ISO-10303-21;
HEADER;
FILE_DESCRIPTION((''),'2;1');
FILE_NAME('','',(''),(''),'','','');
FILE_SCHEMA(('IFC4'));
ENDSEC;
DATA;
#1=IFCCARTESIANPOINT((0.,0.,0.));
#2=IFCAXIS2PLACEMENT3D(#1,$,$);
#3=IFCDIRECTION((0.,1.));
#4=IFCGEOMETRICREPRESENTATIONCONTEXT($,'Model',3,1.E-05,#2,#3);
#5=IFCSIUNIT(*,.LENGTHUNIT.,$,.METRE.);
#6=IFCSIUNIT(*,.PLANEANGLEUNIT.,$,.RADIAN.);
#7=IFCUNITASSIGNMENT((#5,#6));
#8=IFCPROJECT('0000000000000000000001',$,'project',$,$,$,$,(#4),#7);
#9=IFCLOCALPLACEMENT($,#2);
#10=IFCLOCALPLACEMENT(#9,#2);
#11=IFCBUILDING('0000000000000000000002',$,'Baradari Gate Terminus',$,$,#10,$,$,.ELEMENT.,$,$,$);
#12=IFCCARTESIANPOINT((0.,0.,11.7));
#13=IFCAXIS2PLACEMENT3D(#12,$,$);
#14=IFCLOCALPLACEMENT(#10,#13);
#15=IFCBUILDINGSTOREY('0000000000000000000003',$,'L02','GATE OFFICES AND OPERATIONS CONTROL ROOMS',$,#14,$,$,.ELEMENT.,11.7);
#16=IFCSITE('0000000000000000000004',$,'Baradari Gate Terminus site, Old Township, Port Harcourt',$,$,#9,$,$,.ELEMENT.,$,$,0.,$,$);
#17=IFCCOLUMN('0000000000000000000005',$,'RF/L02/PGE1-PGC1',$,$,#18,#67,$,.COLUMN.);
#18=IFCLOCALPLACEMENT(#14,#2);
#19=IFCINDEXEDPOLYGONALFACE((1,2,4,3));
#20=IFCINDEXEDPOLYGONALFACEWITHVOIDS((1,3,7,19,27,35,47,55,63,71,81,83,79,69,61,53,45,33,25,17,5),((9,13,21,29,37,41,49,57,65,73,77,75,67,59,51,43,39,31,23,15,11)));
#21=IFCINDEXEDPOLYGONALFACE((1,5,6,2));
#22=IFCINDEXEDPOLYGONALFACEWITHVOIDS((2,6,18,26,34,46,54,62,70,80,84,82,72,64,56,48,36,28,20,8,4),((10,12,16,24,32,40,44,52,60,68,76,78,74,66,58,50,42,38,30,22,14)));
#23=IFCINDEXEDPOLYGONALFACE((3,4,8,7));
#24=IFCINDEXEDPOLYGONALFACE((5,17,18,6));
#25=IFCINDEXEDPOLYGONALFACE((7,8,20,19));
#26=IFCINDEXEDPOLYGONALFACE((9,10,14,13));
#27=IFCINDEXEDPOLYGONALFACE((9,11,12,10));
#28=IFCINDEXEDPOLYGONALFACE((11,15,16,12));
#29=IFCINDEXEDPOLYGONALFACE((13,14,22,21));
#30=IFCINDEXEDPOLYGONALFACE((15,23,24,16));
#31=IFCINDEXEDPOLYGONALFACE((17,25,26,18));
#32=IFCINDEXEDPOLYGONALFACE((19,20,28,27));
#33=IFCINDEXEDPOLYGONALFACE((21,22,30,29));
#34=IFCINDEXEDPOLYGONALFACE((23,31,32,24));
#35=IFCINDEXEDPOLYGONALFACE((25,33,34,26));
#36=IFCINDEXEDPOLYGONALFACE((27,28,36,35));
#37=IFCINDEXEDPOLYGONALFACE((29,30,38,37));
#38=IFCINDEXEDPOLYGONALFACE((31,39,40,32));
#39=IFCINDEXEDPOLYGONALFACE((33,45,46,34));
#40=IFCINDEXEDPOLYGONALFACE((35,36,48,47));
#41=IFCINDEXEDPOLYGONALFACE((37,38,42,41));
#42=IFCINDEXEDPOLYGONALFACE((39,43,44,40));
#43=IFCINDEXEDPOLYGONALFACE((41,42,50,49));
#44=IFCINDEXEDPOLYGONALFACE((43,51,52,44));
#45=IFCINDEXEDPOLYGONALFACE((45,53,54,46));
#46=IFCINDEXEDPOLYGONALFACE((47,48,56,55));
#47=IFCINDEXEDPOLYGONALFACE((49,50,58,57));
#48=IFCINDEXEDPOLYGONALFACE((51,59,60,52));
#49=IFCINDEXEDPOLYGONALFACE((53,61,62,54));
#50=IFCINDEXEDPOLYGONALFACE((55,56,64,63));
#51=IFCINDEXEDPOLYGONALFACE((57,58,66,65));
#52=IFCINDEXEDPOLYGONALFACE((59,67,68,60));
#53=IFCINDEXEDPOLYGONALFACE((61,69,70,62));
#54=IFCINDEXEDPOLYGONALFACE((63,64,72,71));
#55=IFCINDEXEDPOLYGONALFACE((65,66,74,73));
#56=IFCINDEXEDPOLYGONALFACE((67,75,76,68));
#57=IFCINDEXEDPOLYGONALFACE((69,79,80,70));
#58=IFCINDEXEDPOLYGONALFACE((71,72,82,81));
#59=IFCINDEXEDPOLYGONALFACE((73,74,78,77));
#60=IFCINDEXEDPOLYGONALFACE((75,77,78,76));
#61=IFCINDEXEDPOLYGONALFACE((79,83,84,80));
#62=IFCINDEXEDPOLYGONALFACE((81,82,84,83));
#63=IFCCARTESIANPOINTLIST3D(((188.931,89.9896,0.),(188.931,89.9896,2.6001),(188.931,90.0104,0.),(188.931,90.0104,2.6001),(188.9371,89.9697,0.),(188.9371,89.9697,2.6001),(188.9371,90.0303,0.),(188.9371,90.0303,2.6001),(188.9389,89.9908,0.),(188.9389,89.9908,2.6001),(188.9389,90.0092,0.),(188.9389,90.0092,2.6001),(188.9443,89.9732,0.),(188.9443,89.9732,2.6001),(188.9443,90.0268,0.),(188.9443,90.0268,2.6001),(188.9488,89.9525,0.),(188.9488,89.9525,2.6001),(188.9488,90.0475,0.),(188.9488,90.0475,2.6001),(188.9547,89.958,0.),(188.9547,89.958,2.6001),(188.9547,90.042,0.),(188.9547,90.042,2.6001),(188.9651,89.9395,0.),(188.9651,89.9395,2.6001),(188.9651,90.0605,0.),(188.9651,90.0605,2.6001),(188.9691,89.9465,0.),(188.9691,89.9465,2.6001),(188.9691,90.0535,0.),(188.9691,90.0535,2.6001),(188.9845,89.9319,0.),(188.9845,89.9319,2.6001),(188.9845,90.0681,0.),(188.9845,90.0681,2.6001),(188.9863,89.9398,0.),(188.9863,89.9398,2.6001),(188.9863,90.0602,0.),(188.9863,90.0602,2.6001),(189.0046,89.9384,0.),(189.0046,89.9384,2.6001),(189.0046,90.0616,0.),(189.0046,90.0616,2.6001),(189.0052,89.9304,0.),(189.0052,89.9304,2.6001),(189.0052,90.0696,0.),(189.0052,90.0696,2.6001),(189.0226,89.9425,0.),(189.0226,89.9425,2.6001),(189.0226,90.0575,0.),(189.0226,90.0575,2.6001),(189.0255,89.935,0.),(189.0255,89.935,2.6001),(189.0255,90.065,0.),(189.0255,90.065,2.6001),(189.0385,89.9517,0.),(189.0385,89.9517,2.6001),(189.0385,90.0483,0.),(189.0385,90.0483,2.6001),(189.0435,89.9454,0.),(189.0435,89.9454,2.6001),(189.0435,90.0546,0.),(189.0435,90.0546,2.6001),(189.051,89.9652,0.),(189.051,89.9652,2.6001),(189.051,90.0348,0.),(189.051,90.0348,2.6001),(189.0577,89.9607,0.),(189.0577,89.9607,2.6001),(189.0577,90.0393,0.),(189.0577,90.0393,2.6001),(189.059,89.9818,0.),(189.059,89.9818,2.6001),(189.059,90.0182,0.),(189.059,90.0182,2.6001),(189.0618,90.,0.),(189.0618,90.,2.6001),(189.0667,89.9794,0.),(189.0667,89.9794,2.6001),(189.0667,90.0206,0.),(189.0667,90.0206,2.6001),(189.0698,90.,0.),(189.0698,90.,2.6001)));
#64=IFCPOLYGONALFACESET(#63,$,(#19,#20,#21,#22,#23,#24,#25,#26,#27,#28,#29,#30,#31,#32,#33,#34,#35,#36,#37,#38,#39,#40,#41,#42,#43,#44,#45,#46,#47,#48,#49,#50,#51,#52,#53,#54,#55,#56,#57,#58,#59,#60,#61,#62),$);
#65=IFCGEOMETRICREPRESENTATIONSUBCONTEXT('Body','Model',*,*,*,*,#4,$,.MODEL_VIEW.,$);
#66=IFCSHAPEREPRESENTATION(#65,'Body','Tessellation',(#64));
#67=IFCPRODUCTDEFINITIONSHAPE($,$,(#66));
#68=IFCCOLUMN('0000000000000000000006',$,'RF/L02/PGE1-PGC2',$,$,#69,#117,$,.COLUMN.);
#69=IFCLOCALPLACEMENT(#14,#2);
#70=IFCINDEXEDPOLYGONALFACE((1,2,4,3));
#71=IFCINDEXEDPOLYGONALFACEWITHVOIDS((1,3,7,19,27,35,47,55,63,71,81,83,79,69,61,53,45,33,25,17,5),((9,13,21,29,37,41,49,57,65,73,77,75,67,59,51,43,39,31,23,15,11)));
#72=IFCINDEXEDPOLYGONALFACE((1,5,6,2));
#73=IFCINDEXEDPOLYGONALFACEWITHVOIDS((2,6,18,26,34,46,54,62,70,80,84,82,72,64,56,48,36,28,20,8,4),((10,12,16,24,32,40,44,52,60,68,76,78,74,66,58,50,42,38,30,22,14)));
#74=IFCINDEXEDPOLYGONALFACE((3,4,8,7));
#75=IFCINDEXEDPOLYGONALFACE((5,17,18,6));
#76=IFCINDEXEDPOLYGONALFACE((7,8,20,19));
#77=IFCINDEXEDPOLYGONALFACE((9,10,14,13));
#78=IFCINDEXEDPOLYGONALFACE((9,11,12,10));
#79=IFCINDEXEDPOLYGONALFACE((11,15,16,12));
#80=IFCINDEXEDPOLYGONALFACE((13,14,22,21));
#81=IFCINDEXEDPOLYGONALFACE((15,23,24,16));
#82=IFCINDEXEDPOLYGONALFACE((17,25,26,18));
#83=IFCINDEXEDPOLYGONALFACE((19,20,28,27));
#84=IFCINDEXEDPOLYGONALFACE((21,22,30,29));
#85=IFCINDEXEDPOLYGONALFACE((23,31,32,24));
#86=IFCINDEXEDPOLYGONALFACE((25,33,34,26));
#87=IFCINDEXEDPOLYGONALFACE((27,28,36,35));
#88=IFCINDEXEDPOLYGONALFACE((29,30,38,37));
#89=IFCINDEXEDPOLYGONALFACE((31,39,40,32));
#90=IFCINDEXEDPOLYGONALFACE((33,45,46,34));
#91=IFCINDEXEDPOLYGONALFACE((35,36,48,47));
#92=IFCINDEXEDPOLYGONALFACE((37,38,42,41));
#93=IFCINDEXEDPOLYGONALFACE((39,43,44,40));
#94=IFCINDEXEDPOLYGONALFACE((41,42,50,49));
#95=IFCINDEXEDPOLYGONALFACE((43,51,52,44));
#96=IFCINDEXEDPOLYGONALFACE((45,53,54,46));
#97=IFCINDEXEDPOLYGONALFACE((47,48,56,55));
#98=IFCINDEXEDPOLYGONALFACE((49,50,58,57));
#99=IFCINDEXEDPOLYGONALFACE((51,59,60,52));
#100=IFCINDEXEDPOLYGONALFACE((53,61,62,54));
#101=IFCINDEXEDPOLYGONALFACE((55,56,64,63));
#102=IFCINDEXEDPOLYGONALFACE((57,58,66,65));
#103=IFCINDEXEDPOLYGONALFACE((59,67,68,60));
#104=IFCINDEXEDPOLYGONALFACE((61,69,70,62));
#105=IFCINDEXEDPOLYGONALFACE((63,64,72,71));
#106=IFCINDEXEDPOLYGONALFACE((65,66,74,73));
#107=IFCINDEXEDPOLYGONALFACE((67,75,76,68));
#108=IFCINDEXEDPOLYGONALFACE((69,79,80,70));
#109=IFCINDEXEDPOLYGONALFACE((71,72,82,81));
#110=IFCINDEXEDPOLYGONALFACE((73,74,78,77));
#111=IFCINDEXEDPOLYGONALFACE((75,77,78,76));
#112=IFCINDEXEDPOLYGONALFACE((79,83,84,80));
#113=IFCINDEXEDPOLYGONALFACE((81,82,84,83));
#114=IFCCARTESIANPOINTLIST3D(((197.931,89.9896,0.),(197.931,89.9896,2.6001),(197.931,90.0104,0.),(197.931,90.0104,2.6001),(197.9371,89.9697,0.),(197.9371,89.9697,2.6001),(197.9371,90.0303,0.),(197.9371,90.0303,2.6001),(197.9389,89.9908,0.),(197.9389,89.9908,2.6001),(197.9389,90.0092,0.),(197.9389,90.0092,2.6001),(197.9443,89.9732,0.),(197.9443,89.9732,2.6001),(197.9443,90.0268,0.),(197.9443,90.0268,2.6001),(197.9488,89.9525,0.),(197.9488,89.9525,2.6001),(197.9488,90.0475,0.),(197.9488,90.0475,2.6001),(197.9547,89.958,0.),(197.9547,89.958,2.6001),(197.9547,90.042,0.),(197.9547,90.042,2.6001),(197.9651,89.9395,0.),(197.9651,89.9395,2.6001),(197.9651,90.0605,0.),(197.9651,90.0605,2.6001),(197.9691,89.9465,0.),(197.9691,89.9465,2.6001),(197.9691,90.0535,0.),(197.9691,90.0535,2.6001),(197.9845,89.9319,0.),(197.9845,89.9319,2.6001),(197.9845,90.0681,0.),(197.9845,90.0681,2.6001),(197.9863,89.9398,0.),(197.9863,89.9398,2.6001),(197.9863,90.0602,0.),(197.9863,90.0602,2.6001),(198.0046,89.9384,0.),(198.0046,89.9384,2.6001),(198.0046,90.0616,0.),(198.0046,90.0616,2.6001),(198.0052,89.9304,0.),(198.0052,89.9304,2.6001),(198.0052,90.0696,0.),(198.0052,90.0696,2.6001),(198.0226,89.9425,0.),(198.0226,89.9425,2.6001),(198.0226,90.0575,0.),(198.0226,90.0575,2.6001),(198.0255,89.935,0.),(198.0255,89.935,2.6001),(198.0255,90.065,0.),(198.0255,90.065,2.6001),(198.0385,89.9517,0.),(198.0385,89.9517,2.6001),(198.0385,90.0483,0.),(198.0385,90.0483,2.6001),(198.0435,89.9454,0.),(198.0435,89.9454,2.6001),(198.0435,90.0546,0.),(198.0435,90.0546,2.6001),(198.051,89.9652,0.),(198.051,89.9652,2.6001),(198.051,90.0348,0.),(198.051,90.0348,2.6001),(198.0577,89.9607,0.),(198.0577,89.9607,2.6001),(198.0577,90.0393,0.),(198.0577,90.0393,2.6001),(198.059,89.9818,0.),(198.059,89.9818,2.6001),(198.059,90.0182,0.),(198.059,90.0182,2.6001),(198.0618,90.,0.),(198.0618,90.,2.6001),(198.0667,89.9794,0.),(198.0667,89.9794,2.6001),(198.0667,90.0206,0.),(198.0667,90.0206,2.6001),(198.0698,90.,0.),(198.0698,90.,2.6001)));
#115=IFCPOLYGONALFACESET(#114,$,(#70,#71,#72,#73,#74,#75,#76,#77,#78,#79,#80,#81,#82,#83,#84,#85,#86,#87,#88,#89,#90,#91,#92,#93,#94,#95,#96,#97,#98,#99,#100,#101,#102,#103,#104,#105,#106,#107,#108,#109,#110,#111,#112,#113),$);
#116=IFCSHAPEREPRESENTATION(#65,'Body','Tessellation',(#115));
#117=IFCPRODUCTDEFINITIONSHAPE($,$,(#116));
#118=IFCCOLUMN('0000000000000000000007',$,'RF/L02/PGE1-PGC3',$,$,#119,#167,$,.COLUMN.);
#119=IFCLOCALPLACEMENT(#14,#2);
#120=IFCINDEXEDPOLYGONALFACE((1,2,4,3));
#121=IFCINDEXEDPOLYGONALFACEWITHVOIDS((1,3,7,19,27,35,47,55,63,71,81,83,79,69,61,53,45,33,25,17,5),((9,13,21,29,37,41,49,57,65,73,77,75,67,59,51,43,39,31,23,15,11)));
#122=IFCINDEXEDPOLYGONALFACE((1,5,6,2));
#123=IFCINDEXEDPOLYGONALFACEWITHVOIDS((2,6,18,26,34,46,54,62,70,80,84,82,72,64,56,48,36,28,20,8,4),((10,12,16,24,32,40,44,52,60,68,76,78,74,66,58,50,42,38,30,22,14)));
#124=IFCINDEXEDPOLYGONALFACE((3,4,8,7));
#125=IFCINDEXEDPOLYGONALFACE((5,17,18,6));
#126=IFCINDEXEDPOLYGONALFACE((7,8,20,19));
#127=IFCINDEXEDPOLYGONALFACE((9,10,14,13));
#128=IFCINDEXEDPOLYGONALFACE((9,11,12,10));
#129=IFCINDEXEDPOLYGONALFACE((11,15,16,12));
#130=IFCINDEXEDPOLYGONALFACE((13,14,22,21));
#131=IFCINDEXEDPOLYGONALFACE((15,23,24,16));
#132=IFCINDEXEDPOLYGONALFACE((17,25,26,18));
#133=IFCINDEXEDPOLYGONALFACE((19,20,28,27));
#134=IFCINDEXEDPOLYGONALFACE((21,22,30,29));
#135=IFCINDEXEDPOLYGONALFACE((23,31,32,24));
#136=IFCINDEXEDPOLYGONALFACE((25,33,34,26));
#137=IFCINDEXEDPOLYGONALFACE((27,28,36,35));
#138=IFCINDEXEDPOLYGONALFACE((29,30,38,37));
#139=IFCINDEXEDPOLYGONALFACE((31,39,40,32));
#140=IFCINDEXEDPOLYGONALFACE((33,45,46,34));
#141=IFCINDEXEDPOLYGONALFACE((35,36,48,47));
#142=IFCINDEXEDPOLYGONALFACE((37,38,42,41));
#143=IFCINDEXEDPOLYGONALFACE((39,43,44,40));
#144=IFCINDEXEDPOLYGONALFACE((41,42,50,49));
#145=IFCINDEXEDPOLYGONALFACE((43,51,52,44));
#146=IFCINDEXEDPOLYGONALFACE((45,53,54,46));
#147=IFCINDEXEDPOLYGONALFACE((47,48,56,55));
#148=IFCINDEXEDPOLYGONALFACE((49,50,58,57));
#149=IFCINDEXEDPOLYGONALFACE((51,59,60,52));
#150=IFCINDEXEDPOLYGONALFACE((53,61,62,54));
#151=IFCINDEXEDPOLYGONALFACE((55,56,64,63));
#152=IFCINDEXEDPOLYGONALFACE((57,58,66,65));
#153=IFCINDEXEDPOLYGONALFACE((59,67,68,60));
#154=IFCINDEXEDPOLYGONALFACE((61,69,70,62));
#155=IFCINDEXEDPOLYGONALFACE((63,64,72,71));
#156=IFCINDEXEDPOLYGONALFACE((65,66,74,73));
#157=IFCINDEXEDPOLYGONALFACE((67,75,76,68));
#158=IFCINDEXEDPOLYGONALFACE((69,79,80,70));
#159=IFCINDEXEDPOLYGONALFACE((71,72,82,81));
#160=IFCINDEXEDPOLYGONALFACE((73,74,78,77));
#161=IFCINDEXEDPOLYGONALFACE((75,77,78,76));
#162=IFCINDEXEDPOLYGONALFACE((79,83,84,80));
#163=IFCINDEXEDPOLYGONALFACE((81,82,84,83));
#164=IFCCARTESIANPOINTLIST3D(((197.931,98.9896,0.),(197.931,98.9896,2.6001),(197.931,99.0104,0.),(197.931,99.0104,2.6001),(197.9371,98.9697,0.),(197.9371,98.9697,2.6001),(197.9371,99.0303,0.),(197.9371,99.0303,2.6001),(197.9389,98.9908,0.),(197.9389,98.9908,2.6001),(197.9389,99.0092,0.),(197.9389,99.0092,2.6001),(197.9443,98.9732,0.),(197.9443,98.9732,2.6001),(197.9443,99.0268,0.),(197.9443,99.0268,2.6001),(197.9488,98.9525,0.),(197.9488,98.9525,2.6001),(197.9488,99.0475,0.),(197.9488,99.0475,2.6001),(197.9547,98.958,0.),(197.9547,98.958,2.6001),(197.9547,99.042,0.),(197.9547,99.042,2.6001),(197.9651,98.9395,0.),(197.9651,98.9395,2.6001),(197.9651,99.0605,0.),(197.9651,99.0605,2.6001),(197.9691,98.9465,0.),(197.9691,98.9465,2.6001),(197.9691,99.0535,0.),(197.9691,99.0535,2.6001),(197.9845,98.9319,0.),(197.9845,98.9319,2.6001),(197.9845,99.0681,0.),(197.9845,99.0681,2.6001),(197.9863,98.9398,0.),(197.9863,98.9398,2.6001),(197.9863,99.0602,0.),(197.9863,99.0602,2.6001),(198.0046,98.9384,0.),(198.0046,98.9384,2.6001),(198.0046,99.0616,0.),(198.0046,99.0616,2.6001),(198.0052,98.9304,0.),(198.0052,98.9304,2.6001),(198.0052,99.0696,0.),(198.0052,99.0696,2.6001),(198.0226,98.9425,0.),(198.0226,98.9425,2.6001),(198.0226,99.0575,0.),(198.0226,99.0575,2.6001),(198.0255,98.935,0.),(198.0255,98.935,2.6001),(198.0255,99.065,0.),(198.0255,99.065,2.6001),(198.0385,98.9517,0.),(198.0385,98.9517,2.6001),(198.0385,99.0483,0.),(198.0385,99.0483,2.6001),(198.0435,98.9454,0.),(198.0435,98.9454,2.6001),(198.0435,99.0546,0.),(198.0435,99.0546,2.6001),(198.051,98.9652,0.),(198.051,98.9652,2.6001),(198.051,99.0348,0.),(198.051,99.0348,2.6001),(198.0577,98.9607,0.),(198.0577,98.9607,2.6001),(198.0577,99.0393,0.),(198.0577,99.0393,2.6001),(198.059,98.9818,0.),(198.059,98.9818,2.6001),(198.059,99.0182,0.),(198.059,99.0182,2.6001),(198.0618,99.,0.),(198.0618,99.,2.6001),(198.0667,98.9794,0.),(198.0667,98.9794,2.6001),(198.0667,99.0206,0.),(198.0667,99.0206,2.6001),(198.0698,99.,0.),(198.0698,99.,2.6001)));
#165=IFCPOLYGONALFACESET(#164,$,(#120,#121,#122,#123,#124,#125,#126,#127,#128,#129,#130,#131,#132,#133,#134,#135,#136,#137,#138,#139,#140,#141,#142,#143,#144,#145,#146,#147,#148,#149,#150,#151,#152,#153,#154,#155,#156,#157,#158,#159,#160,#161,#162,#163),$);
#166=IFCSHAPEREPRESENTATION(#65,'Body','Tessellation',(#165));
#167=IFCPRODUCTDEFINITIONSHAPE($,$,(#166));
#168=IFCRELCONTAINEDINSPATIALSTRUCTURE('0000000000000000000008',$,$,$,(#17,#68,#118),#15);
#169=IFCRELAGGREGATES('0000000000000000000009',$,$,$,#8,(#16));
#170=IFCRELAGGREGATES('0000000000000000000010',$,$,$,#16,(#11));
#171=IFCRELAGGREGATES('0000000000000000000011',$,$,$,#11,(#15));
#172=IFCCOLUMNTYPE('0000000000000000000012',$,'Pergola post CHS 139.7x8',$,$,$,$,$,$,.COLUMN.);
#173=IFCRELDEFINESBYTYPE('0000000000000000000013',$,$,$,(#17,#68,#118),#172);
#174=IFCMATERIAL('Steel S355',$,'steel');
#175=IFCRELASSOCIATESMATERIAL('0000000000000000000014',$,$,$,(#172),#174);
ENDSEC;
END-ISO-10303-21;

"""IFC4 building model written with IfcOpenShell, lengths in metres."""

from ifc_helpers import new_model, si_unit, direction, frame, origin, origin_2d, place, context, subcontext, project, spatial, hollow_circle, extrude, material, material_profile, profile_set, type_object, element, save


model = new_model("IFC4")

# Units and contexts
model_context = context("Model", 3, precision=1e-05, world=origin(), true_north=direction((0.0, 1.0)))
body_context = subcontext(model_context, "Body", "Model", "MODEL_VIEW")
ifc_project = project(units=[si_unit("LENGTHUNIT", "METRE"), si_unit("PLANEANGLEUNIT", "RADIAN")], contexts=[model_context])

# Site, building, storey
site_placement = place(None, origin())
site = spatial("IfcSite", under=ifc_project, at=site_placement, Name="Baradari Gate Terminus site, Old Township, Port Harcourt", CompositionType="ELEMENT", RefElevation=0.0)
building_placement = place(site_placement, origin())
building = spatial("IfcBuilding", under=site, at=building_placement, Name="Baradari Gate Terminus", CompositionType="ELEMENT")
storey_placement = place(building_placement, frame((0.0, 0.0, 11.7)))
storey = spatial("IfcBuildingStorey", under=building, at=storey_placement, Name="L02", Description="GATE OFFICES AND OPERATIONS CONTROL ROOMS", CompositionType="ELEMENT", Elevation=11.7)

# Columns
ifc_material_1 = material(Name="Steel S355", Category="steel")
ifc_material_profile_1 = material_profile(ifc_material_1, hollow_circle(Radius=0.0698, WallThickness=0.0081, at=origin_2d()), Name="CHS 139.7x8")
ifc_profile_set_1 = profile_set([ifc_material_profile_1], Name="Steel S355")
column_type = type_object("IfcColumnType", Name="Pergola post CHS 139.7x8", PredefinedType="COLUMN", material=ifc_profile_set_1)
for number, where, z_axis, x_axis, name in (
    (1, (189.0, 90.0, 0.0), (0.0, 0.0, 1.0), (1.0, 0.0, 0.0), "RF/L02/PGE1-PGC1"),
    (2, (198.0, 90.0, 0.0), (0.0, 0.0, 1.0), (1.0, 0.0, 0.0), "RF/L02/PGE1-PGC2"),
    (3, (198.0, 99.0, 0.0), (0.0, 0.0, 1.0), (1.0, 0.0, 0.0), "RF/L02/PGE1-PGC3"),
):
    element("IfcColumn", number, at=place(storey_placement, frame(where, z_axis=z_axis, x_axis=x_axis)), inside=storey, type_object=column_type, Name=name, PredefinedType="COLUMN", context=body_context, shape_type="SweptSolid", body=[
        extrude(hollow_circle(Radius=0.0698, WallThickness=0.0081, at=origin_2d()), origin(), (0.0, 0.0, 1.0), 2.6001),
    ])

save(model, "model.ifc")
